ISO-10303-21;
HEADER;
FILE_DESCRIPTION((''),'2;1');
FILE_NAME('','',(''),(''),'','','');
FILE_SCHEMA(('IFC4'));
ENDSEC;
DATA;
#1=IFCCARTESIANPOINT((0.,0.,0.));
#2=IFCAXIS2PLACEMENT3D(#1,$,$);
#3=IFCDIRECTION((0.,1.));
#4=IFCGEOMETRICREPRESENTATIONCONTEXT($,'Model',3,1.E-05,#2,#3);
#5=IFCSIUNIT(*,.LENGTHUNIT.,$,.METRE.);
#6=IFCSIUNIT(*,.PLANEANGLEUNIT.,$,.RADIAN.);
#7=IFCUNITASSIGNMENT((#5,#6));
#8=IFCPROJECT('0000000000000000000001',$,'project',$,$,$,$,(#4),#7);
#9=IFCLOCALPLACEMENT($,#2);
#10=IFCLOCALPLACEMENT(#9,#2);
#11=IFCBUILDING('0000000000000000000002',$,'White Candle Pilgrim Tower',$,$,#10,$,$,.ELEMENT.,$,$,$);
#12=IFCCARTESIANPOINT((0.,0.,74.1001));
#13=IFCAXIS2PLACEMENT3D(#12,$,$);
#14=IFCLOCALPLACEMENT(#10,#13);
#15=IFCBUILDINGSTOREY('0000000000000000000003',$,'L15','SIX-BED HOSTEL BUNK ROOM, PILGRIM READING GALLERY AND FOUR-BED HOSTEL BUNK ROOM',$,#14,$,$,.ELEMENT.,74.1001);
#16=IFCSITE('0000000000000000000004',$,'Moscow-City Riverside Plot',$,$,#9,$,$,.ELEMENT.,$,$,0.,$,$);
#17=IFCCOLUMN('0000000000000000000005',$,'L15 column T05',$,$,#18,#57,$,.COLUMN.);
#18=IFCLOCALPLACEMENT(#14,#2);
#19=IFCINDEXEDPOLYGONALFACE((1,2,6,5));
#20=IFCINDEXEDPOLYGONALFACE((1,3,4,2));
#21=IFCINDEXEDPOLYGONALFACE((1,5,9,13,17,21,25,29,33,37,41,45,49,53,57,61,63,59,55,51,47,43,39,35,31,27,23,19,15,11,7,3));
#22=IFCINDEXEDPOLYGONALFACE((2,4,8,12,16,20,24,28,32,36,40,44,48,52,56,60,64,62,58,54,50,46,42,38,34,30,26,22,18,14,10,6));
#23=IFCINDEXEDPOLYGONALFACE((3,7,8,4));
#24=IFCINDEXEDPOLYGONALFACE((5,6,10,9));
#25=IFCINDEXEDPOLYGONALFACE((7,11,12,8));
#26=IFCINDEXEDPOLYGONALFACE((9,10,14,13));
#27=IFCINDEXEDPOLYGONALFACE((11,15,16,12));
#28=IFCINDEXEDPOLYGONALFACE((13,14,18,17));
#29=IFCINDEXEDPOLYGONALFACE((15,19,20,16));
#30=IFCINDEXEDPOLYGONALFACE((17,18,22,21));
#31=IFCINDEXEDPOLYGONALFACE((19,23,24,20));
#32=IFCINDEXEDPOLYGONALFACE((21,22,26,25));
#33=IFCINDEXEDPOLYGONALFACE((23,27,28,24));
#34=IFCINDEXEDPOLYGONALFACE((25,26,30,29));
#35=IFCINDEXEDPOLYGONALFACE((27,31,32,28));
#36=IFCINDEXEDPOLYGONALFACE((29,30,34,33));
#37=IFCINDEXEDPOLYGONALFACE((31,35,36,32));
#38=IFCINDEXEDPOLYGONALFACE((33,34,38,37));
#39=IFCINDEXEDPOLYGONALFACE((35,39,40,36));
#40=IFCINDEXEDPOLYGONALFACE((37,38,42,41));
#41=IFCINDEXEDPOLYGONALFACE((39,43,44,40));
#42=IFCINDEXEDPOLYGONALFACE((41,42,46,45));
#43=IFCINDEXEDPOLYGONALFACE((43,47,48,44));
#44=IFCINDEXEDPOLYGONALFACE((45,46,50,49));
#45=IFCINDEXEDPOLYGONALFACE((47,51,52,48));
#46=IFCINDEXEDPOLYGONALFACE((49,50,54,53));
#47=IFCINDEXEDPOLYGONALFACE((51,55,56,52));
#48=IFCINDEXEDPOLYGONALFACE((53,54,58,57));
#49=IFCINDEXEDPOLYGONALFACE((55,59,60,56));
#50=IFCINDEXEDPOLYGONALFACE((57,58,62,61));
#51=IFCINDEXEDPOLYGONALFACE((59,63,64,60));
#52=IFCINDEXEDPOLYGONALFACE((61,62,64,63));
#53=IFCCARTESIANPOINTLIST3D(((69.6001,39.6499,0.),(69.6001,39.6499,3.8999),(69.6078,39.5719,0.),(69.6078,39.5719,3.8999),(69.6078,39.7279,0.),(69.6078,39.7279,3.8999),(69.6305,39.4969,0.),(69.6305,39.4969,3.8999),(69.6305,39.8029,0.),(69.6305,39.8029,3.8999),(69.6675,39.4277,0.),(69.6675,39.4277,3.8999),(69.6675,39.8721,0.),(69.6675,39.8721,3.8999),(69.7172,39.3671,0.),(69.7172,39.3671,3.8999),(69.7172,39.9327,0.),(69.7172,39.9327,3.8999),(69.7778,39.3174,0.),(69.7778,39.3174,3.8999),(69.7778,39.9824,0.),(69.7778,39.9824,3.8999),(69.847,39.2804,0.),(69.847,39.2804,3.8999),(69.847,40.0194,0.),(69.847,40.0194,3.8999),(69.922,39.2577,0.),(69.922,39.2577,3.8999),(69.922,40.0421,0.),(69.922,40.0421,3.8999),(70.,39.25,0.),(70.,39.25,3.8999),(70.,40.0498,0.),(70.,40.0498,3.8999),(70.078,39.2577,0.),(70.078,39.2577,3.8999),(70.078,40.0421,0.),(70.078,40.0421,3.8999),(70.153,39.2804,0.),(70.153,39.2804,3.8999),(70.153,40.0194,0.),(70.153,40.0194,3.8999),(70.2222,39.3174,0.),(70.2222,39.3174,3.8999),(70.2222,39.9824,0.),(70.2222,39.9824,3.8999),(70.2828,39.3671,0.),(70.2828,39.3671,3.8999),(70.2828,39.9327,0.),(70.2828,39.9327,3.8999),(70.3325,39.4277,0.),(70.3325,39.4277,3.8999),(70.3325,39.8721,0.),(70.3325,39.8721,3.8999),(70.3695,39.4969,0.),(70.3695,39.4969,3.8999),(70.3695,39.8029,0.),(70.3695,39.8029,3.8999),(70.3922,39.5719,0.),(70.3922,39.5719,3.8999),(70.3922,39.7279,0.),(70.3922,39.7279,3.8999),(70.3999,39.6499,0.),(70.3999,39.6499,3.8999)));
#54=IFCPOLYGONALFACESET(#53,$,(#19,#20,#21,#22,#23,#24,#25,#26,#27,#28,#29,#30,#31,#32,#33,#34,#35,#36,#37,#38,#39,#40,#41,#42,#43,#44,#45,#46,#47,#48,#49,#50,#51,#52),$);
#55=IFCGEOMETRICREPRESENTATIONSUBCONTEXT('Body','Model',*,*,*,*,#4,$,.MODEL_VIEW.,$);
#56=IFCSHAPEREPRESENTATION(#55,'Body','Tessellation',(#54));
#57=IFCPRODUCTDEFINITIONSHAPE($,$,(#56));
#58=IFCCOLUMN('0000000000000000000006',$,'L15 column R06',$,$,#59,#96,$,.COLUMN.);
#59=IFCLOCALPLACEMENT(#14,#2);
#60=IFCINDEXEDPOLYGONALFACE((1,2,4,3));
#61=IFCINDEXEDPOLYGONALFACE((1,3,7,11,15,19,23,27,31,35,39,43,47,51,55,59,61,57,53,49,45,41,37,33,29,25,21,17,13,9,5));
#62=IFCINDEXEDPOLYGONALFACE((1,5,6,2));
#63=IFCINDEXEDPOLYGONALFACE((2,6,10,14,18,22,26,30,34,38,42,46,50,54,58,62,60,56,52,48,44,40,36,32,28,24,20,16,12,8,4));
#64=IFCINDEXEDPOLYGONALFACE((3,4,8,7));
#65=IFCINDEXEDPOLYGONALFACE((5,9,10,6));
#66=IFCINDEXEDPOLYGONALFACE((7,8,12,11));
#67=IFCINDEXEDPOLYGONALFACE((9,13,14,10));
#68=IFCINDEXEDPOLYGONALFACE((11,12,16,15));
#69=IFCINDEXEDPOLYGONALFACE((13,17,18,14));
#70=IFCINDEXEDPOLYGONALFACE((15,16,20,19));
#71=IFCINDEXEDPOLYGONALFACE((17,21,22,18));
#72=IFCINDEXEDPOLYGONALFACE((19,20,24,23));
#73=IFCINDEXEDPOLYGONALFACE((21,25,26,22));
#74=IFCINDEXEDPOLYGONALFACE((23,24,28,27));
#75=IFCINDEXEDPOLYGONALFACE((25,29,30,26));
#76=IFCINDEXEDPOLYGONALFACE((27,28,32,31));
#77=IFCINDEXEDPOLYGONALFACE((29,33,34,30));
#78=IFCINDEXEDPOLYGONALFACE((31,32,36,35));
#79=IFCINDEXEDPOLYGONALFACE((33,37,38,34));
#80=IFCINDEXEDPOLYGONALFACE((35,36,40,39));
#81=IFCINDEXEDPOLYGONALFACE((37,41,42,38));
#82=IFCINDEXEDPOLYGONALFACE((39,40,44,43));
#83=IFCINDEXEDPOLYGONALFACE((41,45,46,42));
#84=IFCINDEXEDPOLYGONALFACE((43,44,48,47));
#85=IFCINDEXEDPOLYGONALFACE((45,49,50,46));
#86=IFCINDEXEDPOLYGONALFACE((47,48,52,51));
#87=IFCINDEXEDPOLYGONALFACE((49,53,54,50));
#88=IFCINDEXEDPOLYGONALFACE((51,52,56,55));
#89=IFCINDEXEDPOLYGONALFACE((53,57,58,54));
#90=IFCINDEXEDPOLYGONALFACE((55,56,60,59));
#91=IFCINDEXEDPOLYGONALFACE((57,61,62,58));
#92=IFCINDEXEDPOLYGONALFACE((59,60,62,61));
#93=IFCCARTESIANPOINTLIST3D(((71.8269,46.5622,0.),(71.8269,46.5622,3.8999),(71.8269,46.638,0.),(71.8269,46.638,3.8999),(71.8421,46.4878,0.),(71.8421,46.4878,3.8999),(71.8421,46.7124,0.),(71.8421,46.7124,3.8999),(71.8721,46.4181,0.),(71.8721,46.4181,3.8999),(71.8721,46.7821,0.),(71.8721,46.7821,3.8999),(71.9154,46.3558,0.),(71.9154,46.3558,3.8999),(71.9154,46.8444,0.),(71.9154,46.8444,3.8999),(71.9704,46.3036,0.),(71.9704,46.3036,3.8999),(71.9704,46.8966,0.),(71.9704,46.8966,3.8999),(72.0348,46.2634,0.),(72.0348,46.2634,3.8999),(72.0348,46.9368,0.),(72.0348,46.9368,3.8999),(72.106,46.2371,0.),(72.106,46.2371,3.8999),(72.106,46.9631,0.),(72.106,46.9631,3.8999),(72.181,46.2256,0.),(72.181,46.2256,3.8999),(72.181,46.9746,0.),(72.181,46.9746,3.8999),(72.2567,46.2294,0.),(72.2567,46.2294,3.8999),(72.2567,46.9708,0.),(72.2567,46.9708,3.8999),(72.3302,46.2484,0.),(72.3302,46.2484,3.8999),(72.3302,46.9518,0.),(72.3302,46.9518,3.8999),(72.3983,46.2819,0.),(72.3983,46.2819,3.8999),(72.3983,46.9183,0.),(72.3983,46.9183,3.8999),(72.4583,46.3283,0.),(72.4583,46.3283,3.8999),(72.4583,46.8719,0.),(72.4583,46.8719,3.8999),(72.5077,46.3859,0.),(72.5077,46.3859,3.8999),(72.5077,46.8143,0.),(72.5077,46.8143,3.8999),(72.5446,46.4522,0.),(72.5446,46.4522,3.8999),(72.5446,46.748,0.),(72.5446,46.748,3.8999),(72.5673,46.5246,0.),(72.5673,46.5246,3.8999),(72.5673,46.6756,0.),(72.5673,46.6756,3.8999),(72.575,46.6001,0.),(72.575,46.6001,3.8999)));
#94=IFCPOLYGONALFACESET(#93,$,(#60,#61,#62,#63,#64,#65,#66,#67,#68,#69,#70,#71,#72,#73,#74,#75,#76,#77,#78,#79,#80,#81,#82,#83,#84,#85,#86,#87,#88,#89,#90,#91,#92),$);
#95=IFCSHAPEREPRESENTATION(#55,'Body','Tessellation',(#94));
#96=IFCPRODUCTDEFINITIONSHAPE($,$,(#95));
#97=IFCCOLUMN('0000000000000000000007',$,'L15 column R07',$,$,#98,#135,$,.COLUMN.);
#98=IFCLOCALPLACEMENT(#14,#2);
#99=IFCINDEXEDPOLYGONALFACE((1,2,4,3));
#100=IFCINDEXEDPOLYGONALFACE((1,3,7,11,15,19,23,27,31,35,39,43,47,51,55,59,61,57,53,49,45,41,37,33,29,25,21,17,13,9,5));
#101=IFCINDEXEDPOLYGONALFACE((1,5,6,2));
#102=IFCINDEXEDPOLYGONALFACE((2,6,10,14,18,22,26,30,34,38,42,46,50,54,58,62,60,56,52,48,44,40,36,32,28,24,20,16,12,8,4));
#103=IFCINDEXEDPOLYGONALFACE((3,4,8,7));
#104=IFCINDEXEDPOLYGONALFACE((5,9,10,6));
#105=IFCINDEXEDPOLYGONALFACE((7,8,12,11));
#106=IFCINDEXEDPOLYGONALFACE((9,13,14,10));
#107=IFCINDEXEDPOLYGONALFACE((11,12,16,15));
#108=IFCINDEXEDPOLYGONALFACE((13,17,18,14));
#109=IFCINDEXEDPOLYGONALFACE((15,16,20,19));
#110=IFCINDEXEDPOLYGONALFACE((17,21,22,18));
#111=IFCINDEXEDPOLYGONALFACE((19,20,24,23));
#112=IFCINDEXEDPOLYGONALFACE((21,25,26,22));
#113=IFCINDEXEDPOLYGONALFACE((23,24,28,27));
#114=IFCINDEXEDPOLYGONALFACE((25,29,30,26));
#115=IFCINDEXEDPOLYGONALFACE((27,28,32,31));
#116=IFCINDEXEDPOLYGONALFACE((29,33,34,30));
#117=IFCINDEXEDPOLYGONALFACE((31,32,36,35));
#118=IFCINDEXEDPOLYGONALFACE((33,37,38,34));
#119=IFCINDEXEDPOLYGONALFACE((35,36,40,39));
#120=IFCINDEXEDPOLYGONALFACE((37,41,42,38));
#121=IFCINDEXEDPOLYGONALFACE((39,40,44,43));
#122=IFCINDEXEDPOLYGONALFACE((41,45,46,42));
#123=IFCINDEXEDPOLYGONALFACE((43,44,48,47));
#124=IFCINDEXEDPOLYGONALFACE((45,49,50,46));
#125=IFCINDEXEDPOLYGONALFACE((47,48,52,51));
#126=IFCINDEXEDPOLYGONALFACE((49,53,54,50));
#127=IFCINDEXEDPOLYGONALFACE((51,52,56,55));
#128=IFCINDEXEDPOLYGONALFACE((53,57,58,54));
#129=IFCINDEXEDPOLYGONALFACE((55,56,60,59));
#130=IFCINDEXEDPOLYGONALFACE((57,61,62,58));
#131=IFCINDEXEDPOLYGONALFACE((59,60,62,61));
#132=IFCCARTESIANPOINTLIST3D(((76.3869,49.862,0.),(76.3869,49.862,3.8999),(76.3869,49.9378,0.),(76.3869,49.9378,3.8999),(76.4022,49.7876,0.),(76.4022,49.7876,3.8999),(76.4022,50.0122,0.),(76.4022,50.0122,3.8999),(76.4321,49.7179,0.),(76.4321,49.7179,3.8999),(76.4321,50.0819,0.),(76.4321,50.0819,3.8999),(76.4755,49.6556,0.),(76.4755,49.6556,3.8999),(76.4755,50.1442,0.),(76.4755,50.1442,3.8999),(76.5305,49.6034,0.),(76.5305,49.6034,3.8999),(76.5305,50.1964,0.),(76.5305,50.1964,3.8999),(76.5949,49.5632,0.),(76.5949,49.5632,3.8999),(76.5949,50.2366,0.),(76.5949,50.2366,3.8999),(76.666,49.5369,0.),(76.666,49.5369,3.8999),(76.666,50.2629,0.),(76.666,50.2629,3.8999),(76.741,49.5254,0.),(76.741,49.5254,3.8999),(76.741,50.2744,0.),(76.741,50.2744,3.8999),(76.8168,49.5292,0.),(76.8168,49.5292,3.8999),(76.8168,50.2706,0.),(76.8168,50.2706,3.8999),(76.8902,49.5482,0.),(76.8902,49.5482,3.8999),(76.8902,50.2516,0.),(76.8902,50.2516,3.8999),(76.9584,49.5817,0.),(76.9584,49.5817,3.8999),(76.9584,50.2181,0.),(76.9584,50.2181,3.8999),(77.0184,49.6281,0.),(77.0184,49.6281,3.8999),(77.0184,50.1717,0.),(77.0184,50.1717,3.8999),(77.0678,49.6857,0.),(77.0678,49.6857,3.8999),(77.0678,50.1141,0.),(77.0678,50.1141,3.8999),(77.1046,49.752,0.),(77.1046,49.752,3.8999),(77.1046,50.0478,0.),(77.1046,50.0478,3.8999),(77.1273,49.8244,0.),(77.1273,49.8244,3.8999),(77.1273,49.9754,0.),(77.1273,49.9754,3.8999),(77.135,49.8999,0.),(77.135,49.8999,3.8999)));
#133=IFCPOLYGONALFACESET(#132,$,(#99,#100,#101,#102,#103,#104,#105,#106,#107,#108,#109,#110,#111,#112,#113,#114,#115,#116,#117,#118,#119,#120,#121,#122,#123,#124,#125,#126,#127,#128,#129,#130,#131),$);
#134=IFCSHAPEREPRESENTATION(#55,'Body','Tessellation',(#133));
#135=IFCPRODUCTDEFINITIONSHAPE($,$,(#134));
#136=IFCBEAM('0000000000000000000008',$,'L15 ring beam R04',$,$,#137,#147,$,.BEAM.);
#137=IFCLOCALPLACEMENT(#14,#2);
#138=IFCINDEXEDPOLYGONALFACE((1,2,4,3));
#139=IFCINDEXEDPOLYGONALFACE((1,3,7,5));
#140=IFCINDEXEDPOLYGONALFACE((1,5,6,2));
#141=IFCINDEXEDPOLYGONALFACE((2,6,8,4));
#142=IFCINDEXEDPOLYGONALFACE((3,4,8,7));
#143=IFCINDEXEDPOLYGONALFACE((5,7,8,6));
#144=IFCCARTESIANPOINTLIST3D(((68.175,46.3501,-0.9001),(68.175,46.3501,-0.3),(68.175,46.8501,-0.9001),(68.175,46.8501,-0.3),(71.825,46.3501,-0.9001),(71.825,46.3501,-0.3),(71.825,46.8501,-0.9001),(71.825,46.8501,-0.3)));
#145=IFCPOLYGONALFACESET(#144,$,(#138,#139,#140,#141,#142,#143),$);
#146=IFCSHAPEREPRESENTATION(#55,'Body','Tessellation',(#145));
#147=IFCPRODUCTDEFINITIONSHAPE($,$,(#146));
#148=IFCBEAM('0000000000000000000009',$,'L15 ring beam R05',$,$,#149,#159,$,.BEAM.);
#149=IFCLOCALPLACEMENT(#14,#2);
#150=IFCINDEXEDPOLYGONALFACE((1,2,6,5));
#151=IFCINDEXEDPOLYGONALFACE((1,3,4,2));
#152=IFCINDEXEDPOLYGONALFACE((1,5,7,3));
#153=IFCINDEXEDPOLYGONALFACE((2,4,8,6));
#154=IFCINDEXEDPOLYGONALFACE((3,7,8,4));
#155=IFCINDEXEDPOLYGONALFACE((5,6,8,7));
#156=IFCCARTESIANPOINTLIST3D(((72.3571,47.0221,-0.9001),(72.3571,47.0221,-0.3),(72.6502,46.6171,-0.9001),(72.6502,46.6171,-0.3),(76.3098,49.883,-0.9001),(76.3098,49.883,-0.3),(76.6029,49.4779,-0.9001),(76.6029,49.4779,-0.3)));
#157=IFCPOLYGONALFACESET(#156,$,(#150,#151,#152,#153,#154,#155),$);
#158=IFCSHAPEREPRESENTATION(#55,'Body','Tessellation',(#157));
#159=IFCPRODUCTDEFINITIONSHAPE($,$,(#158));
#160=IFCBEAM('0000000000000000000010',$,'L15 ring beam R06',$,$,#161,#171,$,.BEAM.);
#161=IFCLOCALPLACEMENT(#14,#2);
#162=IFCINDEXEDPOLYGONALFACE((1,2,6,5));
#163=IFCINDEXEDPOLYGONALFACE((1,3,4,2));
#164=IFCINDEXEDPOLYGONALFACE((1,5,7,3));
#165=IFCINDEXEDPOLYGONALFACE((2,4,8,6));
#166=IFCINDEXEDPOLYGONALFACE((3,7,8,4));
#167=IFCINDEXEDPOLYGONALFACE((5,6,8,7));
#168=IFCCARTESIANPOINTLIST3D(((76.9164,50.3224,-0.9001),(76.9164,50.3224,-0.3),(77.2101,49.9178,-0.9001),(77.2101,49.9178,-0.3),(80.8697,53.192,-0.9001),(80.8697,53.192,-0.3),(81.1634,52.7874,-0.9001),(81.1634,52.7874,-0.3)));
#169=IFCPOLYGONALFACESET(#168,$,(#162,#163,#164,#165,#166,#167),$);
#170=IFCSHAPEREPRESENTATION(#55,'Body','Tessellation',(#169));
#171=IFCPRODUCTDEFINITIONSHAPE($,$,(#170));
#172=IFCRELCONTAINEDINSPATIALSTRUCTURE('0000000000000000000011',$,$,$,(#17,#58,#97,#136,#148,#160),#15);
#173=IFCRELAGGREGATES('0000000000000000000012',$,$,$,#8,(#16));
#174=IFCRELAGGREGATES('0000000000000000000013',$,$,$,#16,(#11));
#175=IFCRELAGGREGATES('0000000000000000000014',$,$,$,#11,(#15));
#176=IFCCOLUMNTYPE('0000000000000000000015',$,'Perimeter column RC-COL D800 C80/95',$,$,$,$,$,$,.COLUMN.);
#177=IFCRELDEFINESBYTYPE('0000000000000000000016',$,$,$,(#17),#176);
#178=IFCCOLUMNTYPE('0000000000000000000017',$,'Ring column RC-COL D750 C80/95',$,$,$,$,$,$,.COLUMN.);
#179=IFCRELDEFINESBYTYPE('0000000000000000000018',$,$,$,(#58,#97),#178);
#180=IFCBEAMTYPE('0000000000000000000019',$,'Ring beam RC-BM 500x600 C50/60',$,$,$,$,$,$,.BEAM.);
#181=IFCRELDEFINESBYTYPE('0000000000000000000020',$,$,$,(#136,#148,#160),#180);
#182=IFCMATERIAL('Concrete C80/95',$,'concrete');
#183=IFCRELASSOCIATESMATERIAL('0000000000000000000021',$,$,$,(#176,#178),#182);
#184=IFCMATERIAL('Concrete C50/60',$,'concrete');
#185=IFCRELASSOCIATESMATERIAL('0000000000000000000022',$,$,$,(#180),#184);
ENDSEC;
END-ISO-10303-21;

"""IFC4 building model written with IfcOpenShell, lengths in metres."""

from ifc_helpers import new_model, si_unit, direction, frame, origin, origin_2d, place, context, subcontext, project, spatial, rectangle, circle, extrude, material, material_profile, profile_set, type_object, element, save


model = new_model("IFC4")

# Units and contexts
model_context = context("Model", 3, precision=1e-05, world=origin(), true_north=direction((0.0, 1.0)))
body_context = subcontext(model_context, "Body", "Model", "MODEL_VIEW")
ifc_project = project(units=[si_unit("LENGTHUNIT", "METRE"), si_unit("PLANEANGLEUNIT", "RADIAN")], contexts=[model_context])

# Site, building, storey
site_placement = place(None, origin())
site = spatial("IfcSite", under=ifc_project, at=site_placement, Name="Moscow-City Riverside Plot", CompositionType="ELEMENT", RefElevation=0.0)
building_placement = place(site_placement, origin())
building = spatial("IfcBuilding", under=site, at=building_placement, Name="White Candle Pilgrim Tower", CompositionType="ELEMENT")
storey_placement = place(building_placement, frame((0.0, 0.0, 74.1001)))
storey = spatial("IfcBuildingStorey", under=building, at=storey_placement, Name="L15", Description="SIX-BED HOSTEL BUNK ROOM, PILGRIM READING GALLERY AND FOUR-BED HOSTEL BUNK ROOM", CompositionType="ELEMENT", Elevation=74.1001)

# Columns
ifc_material_1 = material(Name="Concrete C80/95", Category="concrete")
ifc_material_profile_1 = material_profile(ifc_material_1, circle(Radius=0.3999, at=origin_2d()), Name="RC-COL D800")
ifc_profile_set_1 = profile_set([ifc_material_profile_1], Name="Concrete C80/95")
column_type_1 = type_object("IfcColumnType", Name="Perimeter column RC-COL D800 C80/95", PredefinedType="COLUMN", material=ifc_profile_set_1)
column_placement = place(storey_placement, frame((70.0, 39.6499, 0.0), z_axis=(0.0, 0.0, 1.0), x_axis=(1.0, 0.0, 0.0)))
element("IfcColumn", 1, at=column_placement, inside=storey, type_object=column_type_1, Name="L15 column T05", PredefinedType="COLUMN", context=body_context, shape_type="SweptSolid", body=[
    extrude(circle(Radius=0.3999, at=origin_2d()), origin(), (0.0, 0.0, 1.0), 3.8999),
])
ifc_material_profile_2 = material_profile(ifc_material_1, circle(Radius=0.375, at=origin_2d()), Name="RC-COL D750")
ifc_profile_set_2 = profile_set([ifc_material_profile_2], Name="Concrete C80/95")
column_type_2 = type_object("IfcColumnType", Name="Ring column RC-COL D750 C80/95", PredefinedType="COLUMN", material=ifc_profile_set_2)
for number, where, z_axis, x_axis, name in (
    (2, (72.2, 46.6001, 0.0), (0.0, 0.0, 1.0), (1.0, 0.0, 0.0), "L15 column R06"),
    (3, (76.76, 49.8999, 0.0), (0.0, 0.0, 1.0), (1.0, 0.0, 0.0), "L15 column R07"),
):
    element("IfcColumn", number, at=place(storey_placement, frame(where, z_axis=z_axis, x_axis=x_axis)), inside=storey, type_object=column_type_2, Name=name, PredefinedType="COLUMN", context=body_context, shape_type="SweptSolid", body=[
        extrude(circle(Radius=0.375, at=origin_2d()), origin(), (0.0, 0.0, 1.0), 3.8999),
    ])

# Beams
ifc_material_2 = material(Name="Concrete C50/60", Category="concrete")
ifc_material_profile_3 = material_profile(ifc_material_2, rectangle(XDim=0.5, YDim=0.6001, at=origin_2d()), Name="RC-BM 500x600")
ifc_profile_set_3 = profile_set([ifc_material_profile_3], Name="Concrete C50/60")
beam_type = type_object("IfcBeamType", Name="Ring beam RC-BM 500x600 C50/60", PredefinedType="BEAM", material=ifc_profile_set_3)
beam_1_placement = place(storey_placement, frame((68.175, 46.6001, -0.6001), z_axis=(1.0, 0.0, 0.0), x_axis=(0.0, 1.0, 0.0)))
element("IfcBeam", 4, at=beam_1_placement, inside=storey, type_object=beam_type, Name="L15 ring beam R04", PredefinedType="BEAM", context=body_context, shape_type="SweptSolid", body=[
    extrude(rectangle(XDim=0.5, YDim=0.6001, at=origin_2d()), origin(), (0.0, 0.0, 1.0), 3.6499),
])
beam_2_placement = place(storey_placement, frame((72.5037, 46.8196, -0.6001), z_axis=(0.81008, 0.58632, 0.0), x_axis=(-0.58632, 0.81008, 0.0)))
element("IfcBeam", 5, at=beam_2_placement, inside=storey, type_object=beam_type, Name="L15 ring beam R05", PredefinedType="BEAM", context=body_context, shape_type="SweptSolid", body=[
    extrude(rectangle(XDim=0.5, YDim=0.6001, at=origin_2d()), origin(), (0.0, 0.0, 1.0), 4.8794),
])
beam_3_placement = place(storey_placement, frame((77.0632, 50.1201, -0.6001), z_axis=(0.809276, 0.587429, 0.0), x_axis=(-0.587429, 0.809276, 0.0)))
element("IfcBeam", 6, at=beam_3_placement, inside=storey, type_object=beam_type, Name="L15 ring beam R06", PredefinedType="BEAM", context=body_context, shape_type="SweptSolid", body=[
    extrude(rectangle(XDim=0.5, YDim=0.6001, at=origin_2d()), origin(), (0.0, 0.0, 1.0), 4.885),
])

save(model, "model.ifc")
